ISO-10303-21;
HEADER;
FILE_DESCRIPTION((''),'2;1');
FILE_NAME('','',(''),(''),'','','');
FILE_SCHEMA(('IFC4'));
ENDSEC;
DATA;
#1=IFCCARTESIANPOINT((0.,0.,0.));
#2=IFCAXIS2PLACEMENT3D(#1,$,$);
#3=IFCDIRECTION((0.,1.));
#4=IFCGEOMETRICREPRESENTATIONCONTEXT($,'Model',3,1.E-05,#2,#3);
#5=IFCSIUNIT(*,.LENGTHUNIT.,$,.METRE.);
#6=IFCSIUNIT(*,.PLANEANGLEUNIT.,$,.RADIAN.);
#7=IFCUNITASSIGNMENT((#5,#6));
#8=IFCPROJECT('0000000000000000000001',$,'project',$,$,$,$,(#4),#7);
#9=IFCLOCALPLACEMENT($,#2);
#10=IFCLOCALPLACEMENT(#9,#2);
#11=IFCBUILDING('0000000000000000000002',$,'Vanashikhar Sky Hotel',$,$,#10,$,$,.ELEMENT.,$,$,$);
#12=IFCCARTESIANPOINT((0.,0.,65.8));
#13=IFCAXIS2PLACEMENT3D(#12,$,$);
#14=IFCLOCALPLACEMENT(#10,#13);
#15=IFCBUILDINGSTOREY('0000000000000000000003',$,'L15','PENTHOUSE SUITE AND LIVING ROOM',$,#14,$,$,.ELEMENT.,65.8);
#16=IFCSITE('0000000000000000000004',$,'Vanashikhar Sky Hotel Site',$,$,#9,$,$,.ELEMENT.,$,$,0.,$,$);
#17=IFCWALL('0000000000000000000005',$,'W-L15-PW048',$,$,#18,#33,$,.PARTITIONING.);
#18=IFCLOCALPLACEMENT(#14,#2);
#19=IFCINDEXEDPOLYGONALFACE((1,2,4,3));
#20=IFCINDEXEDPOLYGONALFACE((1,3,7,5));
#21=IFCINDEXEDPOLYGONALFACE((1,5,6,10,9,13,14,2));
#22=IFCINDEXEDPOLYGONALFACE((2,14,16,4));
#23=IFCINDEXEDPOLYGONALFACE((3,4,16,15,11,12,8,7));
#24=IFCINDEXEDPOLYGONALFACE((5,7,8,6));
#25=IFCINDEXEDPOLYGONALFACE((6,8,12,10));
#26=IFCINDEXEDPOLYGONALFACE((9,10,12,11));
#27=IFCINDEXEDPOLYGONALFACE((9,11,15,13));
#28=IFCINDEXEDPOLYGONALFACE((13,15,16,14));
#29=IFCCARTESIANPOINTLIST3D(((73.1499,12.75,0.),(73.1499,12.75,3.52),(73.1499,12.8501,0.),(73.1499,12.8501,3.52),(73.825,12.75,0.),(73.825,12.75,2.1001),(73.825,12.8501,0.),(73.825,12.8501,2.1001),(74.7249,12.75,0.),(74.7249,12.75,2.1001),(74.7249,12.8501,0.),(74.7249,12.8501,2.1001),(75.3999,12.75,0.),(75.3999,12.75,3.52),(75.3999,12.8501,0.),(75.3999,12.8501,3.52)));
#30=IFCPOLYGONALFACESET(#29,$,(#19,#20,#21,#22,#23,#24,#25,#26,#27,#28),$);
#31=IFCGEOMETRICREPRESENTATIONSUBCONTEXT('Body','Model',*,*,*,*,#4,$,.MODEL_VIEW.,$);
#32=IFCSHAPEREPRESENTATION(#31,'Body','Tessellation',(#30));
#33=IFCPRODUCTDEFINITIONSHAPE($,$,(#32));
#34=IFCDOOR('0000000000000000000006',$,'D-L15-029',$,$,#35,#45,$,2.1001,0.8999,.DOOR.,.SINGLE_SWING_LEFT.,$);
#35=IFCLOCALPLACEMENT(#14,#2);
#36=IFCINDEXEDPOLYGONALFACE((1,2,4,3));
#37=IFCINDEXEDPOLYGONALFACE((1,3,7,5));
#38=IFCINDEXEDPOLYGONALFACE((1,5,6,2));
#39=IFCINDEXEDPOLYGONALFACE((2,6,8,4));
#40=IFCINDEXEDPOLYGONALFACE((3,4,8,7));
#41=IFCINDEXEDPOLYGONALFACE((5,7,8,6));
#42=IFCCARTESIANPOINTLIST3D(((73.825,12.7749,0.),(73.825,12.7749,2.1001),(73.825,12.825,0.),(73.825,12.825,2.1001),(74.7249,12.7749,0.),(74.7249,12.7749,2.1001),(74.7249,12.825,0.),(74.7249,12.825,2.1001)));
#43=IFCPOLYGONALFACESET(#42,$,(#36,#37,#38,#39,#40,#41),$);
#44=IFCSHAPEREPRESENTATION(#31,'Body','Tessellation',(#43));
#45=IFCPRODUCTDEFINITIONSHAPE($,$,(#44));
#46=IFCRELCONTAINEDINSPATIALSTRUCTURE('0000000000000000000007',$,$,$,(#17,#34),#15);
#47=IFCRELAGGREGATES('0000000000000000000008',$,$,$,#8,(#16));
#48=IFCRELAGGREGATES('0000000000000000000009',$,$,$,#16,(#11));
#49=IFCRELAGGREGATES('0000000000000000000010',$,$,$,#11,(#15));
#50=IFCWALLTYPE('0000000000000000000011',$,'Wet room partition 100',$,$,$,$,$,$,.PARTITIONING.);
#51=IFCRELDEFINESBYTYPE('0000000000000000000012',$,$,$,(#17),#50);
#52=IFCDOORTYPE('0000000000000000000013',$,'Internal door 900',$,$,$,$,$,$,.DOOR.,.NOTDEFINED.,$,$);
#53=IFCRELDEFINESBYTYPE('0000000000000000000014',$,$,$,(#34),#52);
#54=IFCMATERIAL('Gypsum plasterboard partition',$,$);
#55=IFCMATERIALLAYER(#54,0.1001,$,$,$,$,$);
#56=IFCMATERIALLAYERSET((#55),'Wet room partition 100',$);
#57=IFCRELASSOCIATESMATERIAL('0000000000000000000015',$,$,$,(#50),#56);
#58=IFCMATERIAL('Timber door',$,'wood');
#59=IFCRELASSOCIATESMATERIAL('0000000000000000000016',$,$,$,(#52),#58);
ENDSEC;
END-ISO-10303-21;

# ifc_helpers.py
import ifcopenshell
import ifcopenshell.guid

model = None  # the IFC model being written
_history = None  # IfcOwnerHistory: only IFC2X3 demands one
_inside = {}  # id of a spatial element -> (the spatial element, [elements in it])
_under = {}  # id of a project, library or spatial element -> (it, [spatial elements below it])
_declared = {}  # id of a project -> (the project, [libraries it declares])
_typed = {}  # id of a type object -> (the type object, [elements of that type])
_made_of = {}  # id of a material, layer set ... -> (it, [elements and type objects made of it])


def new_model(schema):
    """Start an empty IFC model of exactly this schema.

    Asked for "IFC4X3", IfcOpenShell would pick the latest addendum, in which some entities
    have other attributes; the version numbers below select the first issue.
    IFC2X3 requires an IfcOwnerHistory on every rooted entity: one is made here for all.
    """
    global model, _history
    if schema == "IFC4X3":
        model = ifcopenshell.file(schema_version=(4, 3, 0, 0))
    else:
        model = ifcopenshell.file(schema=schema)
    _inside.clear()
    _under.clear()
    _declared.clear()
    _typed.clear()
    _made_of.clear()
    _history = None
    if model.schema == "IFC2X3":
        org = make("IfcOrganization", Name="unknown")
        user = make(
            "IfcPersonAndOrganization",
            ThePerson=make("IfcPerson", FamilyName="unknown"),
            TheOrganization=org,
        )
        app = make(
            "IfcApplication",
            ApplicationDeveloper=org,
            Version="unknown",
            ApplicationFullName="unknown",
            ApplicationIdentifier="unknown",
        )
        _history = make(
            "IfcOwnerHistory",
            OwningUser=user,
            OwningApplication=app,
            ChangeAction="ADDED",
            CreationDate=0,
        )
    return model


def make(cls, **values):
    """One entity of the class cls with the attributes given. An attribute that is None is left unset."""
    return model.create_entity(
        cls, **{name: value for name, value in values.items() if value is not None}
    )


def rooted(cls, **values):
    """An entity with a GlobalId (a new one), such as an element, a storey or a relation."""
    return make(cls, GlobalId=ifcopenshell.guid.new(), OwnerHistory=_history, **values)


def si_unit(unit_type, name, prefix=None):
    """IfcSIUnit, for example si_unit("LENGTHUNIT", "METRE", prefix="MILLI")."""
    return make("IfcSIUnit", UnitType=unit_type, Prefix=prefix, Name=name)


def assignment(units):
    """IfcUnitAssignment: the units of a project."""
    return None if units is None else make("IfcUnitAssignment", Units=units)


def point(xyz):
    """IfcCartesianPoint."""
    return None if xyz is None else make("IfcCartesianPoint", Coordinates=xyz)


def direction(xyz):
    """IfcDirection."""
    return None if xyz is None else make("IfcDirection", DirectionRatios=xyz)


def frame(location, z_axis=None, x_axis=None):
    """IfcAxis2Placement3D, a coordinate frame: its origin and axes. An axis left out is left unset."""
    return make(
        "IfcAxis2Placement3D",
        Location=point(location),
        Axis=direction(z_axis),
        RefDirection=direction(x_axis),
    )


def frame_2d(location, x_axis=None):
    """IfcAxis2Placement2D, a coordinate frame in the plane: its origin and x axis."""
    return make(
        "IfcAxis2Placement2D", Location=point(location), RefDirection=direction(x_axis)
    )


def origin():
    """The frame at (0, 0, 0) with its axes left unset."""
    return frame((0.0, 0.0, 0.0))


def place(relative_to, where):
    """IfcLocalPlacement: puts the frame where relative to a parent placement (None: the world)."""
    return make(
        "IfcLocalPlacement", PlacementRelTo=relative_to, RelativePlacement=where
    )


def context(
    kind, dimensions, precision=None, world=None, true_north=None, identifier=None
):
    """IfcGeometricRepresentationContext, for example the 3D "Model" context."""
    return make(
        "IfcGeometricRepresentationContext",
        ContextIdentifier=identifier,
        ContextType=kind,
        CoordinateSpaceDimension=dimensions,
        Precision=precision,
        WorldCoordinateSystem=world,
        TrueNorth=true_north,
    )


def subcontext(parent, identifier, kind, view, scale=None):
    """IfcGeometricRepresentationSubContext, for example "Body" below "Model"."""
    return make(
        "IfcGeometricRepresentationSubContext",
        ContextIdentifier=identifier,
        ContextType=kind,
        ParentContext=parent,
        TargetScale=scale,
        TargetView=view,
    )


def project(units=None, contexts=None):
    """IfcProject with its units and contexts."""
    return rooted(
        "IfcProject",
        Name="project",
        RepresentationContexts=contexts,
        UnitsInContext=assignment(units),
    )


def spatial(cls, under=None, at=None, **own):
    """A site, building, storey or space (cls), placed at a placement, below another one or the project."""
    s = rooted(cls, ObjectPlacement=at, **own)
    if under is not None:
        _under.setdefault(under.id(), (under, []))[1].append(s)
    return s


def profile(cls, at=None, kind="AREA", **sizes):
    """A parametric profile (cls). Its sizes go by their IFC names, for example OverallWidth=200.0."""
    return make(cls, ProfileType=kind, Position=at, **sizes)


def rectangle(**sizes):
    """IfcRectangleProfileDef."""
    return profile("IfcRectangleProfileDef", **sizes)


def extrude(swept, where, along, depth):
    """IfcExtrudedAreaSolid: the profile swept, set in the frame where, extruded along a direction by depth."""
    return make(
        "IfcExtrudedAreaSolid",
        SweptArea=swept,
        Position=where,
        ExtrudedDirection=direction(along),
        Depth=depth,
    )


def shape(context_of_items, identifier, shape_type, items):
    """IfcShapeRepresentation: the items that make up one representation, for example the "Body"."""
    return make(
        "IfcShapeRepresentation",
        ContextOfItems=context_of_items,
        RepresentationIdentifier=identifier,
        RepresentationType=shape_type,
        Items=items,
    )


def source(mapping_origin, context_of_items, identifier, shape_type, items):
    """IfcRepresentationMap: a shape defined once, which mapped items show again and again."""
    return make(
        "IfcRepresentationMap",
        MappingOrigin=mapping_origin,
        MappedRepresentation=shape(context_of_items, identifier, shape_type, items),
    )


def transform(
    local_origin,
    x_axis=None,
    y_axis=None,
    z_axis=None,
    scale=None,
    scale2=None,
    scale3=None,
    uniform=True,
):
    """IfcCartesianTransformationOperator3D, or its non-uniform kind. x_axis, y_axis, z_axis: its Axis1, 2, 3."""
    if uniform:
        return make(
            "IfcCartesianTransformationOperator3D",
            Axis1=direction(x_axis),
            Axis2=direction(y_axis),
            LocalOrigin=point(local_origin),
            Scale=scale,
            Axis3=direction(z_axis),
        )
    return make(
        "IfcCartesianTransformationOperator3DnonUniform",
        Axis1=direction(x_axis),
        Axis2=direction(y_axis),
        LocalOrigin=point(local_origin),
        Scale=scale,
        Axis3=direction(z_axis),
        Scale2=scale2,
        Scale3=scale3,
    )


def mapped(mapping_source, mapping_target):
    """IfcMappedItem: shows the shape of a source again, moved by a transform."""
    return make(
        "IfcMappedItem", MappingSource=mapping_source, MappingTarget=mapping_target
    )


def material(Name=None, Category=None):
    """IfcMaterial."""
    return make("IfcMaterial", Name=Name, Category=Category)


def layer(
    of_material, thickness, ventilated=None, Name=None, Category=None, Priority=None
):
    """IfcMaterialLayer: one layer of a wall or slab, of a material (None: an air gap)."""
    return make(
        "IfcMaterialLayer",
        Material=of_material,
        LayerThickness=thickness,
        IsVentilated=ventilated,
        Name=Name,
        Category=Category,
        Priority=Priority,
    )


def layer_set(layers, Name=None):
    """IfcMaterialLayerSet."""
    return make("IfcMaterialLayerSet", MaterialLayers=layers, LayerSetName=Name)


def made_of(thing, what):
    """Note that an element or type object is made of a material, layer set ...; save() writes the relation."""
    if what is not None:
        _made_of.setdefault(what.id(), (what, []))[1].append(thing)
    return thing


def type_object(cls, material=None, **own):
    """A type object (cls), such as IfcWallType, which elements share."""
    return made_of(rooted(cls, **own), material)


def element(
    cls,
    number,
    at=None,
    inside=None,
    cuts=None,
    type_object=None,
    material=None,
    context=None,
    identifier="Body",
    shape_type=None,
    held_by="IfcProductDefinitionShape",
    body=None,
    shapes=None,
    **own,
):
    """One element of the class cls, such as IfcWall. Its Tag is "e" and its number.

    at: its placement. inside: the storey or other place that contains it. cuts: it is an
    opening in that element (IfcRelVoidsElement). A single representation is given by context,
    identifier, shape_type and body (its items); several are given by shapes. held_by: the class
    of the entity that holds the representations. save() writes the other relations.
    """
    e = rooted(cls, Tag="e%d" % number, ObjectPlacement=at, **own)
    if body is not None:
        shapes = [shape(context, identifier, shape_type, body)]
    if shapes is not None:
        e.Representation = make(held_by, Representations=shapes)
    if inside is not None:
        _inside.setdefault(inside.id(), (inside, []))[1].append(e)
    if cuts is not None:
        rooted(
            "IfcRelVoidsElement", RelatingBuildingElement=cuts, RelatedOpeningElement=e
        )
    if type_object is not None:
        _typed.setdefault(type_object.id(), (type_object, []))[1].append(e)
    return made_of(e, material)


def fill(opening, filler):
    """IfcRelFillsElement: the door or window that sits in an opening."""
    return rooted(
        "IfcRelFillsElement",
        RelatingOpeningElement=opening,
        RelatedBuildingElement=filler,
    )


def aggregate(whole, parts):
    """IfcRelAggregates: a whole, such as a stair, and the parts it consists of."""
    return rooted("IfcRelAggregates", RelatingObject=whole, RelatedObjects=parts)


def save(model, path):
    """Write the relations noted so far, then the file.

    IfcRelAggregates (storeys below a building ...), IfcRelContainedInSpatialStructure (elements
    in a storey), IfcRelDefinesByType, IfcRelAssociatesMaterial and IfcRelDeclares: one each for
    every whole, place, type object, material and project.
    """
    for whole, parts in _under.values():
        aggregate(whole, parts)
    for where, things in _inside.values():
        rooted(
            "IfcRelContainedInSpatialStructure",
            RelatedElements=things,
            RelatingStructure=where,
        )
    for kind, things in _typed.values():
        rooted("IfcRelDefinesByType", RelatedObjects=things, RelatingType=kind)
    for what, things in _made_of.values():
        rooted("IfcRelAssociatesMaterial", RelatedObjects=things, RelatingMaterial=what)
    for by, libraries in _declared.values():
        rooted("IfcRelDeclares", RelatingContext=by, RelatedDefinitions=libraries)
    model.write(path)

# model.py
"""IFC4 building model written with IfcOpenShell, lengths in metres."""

from ifc_helpers import new_model, si_unit, direction, frame, frame_2d, origin, place, context, subcontext, project, spatial, rectangle, extrude, source, transform, mapped, material, layer, layer_set, type_object, element, fill, save


model = new_model("IFC4")

# Units and contexts
model_context = context("Model", 3, precision=1e-05, world=origin(), true_north=direction((0.0, 1.0)))
body_context = subcontext(model_context, "Body", "Model", "MODEL_VIEW")
ifc_project = project(units=[si_unit("LENGTHUNIT", "METRE"), si_unit("PLANEANGLEUNIT", "RADIAN")], contexts=[model_context])

# Site, building, storey
site_placement = place(None, origin())
site = spatial("IfcSite", under=ifc_project, at=site_placement, Name="Vanashikhar Sky Hotel Site", CompositionType="ELEMENT", RefElevation=0.0)
building_placement = place(site_placement, origin())
building = spatial("IfcBuilding", under=site, at=building_placement, Name="Vanashikhar Sky Hotel", CompositionType="ELEMENT")
storey_placement = place(building_placement, frame((0.0, 0.0, 65.8)))
storey = spatial("IfcBuildingStorey", under=building, at=storey_placement, Name="L15", Description="PENTHOUSE SUITE AND LIVING ROOM", CompositionType="ELEMENT", Elevation=65.8)

# Shared definitions
ifc_material_1 = material(Name="Gypsum plasterboard partition")
ifc_layer_1 = layer(ifc_material_1, 0.1001)
ifc_layer_set_1 = layer_set([ifc_layer_1], Name="Wet room partition 100")
wall_type_1 = type_object("IfcWallType", Name="Wet room partition 100", PredefinedType="PARTITIONING", material=ifc_layer_set_1)
shared_shape_1 = source(origin(), body_context, "Body", "SweptSolid", [
    extrude(rectangle(XDim=0.8999, YDim=2.1001, at=frame_2d((0.45, 1.05))), frame((0.0, 0.0601, 0.0), z_axis=(0.0, -1.0, 0.0), x_axis=(1.0, 0.0, 0.0)), (0.0, 0.0, 1.0), 0.1201),
])
ifc_material_2 = material(Name="Timber door", Category="wood")
door_type_1 = type_object("IfcDoorType", Name="Internal door 900", OperationType="NOTDEFINED", PredefinedType="DOOR", material=ifc_material_2)
shared_shape_2 = source(origin(), body_context, "Body", "SweptSolid", [
    extrude(rectangle(XDim=0.8999, YDim=2.1001, at=frame_2d((0.45, 1.05))), frame((0.0, 0.0249, 0.0), z_axis=(0.0, -1.0, 0.0), x_axis=(1.0, 0.0, 0.0)), (0.0, 0.0, 1.0), 0.05),
])

# Wall, opening, door
shared_shape_3 = source(origin(), body_context, "Body", "SweptSolid", [
    extrude(rectangle(XDim=2.25, YDim=0.1001, at=frame_2d((1.125, 0.0))), origin(), (0.0, 0.0, 1.0), 3.52),
])
wall_1_placement = place(storey_placement, frame((73.1499, 12.8, 0.0), z_axis=(0.0, 0.0, 1.0), x_axis=(1.0, 0.0, 0.0)))
wall_1 = element("IfcWall", 1, at=wall_1_placement, inside=storey, type_object=wall_type_1, Name="W-L15-PW048", PredefinedType="PARTITIONING", context=body_context, shape_type="MappedRepresentation", body=[
    mapped(shared_shape_3, transform((0.0, 0.0, 0.0), scale=1.0)),
])
opening_1_placement = place(wall_1_placement, frame((0.675, 0.0, 0.0)))
opening_1 = element("IfcOpeningElement", 2, at=opening_1_placement, cuts=wall_1, PredefinedType="OPENING", context=body_context, shape_type="MappedRepresentation", body=[
    mapped(shared_shape_1, transform((0.0, 0.0, 0.0), scale=1.0)),
])
door_1_placement = place(opening_1_placement, origin())
door_1 = element("IfcDoor", 3, at=door_1_placement, inside=storey, type_object=door_type_1, Name="D-L15-029", OperationType="SINGLE_SWING_LEFT", OverallHeight=2.1001, OverallWidth=0.8999, PredefinedType="DOOR", context=body_context, shape_type="MappedRepresentation", body=[
    mapped(shared_shape_2, transform((0.0, 0.0, 0.0), scale=1.0)),
])
fill(opening_1, door_1)

save(model, "model.ifc")
